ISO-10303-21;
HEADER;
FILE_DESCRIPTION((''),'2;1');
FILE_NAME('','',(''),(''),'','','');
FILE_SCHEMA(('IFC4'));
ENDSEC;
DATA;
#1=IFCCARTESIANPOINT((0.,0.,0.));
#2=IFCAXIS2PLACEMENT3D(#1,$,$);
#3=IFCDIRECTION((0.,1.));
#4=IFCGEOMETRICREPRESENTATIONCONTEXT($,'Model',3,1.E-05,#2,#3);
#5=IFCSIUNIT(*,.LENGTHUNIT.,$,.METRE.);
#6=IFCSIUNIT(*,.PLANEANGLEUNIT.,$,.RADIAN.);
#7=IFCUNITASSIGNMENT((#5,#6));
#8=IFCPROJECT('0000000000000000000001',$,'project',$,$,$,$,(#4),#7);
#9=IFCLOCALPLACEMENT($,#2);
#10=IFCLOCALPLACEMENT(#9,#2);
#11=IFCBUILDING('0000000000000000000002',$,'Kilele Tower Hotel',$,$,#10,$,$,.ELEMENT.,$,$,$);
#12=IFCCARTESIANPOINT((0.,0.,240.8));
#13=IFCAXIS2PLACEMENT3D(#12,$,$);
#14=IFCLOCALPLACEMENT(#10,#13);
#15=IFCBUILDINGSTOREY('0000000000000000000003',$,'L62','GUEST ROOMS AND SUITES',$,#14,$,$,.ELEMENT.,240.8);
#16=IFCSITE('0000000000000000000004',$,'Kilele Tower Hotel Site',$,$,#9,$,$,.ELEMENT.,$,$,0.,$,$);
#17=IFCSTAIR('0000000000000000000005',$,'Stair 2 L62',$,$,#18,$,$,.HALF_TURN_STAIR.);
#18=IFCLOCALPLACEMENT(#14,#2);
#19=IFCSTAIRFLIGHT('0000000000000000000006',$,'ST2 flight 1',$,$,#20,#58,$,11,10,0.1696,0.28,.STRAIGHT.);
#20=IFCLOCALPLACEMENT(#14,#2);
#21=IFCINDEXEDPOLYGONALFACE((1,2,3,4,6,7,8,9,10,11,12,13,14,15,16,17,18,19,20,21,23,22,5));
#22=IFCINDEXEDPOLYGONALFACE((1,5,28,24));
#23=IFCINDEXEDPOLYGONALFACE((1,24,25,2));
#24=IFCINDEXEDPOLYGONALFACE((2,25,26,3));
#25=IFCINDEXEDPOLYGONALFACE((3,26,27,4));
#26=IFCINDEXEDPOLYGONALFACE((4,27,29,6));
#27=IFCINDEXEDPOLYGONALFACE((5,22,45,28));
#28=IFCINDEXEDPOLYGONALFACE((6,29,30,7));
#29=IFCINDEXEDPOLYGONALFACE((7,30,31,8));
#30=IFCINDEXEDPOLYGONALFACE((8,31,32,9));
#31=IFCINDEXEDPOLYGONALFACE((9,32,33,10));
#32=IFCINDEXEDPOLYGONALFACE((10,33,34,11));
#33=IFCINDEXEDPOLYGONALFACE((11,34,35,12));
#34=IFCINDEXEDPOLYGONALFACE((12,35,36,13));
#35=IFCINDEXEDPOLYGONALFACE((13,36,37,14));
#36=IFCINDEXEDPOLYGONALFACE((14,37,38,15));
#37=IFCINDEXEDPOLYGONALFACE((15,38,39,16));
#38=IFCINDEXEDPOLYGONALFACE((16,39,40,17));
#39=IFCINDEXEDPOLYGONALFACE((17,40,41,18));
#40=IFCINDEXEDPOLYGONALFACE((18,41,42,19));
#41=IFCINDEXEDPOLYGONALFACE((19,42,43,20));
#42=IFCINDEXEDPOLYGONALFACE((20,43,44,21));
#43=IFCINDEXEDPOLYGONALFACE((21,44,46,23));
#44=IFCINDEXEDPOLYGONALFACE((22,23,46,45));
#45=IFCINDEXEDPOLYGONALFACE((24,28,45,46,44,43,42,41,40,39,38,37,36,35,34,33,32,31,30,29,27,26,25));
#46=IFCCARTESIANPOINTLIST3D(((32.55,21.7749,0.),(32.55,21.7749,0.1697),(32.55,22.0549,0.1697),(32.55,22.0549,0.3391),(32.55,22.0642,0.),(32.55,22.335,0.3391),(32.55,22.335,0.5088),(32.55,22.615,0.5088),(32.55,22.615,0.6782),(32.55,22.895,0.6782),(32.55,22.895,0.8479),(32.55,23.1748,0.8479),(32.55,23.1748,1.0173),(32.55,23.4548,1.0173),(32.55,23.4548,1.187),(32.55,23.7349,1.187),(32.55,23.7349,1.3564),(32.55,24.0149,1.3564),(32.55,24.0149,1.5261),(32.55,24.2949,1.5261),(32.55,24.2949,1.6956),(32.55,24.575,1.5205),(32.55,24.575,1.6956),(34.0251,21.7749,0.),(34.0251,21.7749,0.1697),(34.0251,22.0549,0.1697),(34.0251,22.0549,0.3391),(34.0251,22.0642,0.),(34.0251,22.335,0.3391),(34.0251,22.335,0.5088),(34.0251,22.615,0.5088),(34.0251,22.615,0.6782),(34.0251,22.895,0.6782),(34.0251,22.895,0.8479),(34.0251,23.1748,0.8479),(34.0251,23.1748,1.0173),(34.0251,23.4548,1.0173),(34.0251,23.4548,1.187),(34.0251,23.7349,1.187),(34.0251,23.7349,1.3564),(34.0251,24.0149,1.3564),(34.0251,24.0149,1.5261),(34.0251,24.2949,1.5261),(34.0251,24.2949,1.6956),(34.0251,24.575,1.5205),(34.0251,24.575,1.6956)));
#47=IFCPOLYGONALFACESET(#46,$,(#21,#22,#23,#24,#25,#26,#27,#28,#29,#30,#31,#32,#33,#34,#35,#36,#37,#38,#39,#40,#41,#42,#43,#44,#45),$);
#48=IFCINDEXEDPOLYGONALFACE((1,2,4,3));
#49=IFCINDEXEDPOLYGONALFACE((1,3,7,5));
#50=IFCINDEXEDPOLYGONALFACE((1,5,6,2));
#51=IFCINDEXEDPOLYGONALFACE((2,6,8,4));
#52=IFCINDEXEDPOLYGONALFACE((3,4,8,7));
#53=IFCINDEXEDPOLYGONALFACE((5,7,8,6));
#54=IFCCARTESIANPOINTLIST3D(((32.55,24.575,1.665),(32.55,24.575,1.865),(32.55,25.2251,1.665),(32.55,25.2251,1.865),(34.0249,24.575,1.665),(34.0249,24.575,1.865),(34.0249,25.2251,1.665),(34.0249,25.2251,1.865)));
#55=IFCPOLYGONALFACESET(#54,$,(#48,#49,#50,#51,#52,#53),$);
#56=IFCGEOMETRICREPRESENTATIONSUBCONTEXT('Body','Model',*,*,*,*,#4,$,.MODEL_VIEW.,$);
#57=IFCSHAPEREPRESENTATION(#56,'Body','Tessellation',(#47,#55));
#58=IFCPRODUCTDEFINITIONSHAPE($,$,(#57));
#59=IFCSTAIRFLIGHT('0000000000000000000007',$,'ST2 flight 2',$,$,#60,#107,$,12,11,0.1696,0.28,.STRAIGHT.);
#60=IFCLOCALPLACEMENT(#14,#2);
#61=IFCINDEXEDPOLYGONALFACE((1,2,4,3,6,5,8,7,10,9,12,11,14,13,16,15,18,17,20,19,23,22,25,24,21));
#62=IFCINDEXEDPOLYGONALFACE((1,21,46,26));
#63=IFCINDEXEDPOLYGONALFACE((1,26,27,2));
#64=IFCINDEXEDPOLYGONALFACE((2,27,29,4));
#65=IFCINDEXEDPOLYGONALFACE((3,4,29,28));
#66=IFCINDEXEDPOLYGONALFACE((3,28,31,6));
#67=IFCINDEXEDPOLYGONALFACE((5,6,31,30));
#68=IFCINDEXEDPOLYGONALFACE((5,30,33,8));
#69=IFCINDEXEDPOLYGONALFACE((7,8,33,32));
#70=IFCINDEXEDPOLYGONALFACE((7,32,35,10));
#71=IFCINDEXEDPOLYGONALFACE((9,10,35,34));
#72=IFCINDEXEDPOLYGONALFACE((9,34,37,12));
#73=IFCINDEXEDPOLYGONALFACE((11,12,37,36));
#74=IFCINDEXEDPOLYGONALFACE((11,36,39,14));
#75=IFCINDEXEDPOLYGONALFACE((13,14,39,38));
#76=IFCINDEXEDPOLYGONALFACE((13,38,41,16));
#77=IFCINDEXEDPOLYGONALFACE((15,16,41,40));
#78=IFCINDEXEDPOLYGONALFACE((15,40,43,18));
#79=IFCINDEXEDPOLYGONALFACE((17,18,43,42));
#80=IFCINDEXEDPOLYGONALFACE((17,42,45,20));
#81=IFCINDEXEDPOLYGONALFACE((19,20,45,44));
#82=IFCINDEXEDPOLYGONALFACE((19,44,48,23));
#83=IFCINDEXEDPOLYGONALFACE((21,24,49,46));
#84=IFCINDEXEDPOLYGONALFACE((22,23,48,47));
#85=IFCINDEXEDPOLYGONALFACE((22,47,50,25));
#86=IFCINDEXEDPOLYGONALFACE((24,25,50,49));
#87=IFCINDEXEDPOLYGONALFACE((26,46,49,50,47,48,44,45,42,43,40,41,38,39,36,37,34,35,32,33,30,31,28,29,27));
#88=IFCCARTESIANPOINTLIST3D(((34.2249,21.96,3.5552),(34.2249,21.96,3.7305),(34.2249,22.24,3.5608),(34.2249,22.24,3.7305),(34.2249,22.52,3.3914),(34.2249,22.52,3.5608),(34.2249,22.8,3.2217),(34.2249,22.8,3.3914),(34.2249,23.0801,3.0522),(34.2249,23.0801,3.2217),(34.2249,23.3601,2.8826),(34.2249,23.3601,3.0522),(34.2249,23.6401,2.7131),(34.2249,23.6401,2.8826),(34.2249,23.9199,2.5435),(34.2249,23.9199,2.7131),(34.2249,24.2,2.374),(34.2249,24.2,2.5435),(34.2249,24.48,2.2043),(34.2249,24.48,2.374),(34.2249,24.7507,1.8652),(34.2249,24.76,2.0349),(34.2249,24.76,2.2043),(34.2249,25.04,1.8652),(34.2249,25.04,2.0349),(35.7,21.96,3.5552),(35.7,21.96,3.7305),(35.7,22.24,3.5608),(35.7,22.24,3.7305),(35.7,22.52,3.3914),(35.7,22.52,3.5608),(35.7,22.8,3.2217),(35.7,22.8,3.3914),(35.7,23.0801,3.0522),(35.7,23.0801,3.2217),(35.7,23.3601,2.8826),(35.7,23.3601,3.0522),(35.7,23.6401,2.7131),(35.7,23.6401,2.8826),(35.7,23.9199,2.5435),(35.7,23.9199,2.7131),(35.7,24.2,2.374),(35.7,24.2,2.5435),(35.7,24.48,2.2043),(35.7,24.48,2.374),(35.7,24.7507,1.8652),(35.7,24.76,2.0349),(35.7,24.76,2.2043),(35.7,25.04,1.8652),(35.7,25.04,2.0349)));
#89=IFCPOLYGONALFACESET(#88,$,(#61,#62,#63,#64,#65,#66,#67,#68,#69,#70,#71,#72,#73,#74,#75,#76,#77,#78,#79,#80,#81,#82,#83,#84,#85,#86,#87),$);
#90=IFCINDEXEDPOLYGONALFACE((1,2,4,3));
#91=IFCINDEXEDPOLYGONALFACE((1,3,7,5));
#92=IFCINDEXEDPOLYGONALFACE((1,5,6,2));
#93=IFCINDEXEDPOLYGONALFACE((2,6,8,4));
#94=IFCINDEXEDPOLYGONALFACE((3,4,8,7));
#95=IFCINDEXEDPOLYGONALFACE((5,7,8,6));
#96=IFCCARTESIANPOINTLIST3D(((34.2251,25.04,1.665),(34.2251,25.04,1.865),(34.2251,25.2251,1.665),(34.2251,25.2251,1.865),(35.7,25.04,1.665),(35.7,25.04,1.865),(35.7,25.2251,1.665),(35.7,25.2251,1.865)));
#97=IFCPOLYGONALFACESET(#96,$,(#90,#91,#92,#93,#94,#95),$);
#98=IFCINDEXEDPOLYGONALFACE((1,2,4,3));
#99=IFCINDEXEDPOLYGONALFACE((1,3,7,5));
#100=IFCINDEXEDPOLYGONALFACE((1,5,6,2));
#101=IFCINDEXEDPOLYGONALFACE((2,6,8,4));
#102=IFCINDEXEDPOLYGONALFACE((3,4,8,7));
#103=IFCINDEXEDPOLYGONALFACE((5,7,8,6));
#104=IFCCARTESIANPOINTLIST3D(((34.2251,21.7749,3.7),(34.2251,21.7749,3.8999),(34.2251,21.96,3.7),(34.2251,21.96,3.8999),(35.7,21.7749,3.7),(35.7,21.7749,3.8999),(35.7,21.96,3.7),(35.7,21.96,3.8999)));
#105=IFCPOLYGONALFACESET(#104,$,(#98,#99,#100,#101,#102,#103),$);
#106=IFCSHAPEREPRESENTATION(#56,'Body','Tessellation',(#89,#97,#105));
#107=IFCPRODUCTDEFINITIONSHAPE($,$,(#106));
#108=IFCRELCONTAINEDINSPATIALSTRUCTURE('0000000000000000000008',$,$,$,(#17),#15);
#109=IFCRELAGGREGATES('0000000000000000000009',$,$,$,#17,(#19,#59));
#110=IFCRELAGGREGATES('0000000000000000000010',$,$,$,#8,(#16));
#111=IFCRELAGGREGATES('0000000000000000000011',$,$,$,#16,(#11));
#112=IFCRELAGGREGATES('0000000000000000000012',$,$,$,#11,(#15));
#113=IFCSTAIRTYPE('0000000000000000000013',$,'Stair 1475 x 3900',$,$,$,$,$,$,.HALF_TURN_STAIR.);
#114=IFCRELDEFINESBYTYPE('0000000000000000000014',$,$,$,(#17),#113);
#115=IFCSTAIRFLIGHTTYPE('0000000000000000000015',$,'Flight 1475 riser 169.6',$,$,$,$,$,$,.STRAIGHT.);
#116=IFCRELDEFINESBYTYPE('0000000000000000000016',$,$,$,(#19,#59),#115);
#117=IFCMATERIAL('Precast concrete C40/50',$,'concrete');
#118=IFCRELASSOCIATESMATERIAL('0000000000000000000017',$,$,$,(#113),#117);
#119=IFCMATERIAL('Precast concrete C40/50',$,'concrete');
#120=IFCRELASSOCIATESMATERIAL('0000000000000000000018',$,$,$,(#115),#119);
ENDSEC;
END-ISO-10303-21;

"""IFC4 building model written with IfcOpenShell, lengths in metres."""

from ifc_helpers import new_model, si_unit, direction, frame, origin, place, context, subcontext, project, spatial, polyline, outline, extrude, material, type_object, element, aggregate, save


model = new_model("IFC4")

# Units and contexts
model_context = context("Model", 3, precision=1e-05, world=origin(), true_north=direction((0.0, 1.0)))
body_context = subcontext(model_context, "Body", "Model", "MODEL_VIEW")
ifc_project = project(units=[si_unit("LENGTHUNIT", "METRE"), si_unit("PLANEANGLEUNIT", "RADIAN")], contexts=[model_context])

# Site, building, storey
site_placement = place(None, origin())
site = spatial("IfcSite", under=ifc_project, at=site_placement, Name="Kilele Tower Hotel Site", CompositionType="ELEMENT", RefElevation=0.0)
building_placement = place(site_placement, origin())
building = spatial("IfcBuilding", under=site, at=building_placement, Name="Kilele Tower Hotel", CompositionType="ELEMENT")
storey_placement = place(building_placement, frame((0.0, 0.0, 240.8)))
storey = spatial("IfcBuildingStorey", under=building, at=storey_placement, Name="L62", Description="GUEST ROOMS AND SUITES", CompositionType="ELEMENT", Elevation=240.8)

# Stair, stair flights
ifc_material_1 = material(Name="Precast concrete C40/50", Category="concrete")
stair_type = type_object("IfcStairType", Name="Stair 1475 x 3900", PredefinedType="HALF_TURN_STAIR", material=ifc_material_1)
stair_placement = place(storey_placement, origin())
stair = element("IfcStair", 1, at=stair_placement, inside=storey, type_object=stair_type, Name="Stair 2 L62", PredefinedType="HALF_TURN_STAIR")
ifc_material_2 = material(Name="Precast concrete C40/50", Category="concrete")
stair_flight_type = type_object("IfcStairFlightType", Name="Flight 1475 riser 169.6", PredefinedType="STRAIGHT", material=ifc_material_2)
stair_flight_1_placement = place(storey_placement, frame((33.2876, 21.7749, 0.0), z_axis=(0.0, 0.0, 1.0), x_axis=(0.0, 1.0, 0.0)))
stair_flight_1 = element("IfcStairFlight", 2, at=stair_flight_1_placement, type_object=stair_flight_type, Name="ST2 flight 1", NumberOfRisers=11, NumberOfTreads=10, PredefinedType="STRAIGHT", RiserHeight=0.1696, TreadLength=0.28, context=body_context, shape_type="SweptSolid", body=[
    extrude(outline(polyline([(0.0, 0.0), (0.0, 0.1697), (0.28, 0.1697), (0.28, 0.3391), (0.5601, 0.3391), (0.5601, 0.5088), (0.8401, 0.5088), (0.8401, 0.6782), (1.1201, 0.6782), (1.1201, 0.8479), (1.3999, 0.8479), (1.3999, 1.0173), (1.6799, 1.0173), (1.6799, 1.187), (1.96, 1.187), (1.96, 1.3564), (2.24, 1.3564), (2.24, 1.5261), (2.52, 1.5261), (2.52, 1.6956), (2.8, 1.6956), (2.8, 1.8652), (2.8, 1.5205), (0.2893, 0.0), (0.0, 0.0)])), frame((0.0, 0.7375, 0.0), z_axis=(0.0, -1.0, 0.0), x_axis=(1.0, 0.0, 0.0)), (0.0, 0.0, 1.0), 1.4751),
    extrude(outline(polyline([(2.8, 0.7375), (2.8, -0.7373), (3.4502, -0.7373), (3.4502, 0.7375), (2.8, 0.7375)])), frame((0.0, 0.0, 1.665)), (0.0, 0.0, 1.0), 0.2),
])
stair_flight_2_placement = place(storey_placement, frame((34.9624, 25.04, 1.8652), z_axis=(0.0, 0.0, 1.0), x_axis=(0.0, -1.0, 0.0)))
stair_flight_2 = element("IfcStairFlight", 3, at=stair_flight_2_placement, type_object=stair_flight_type, Name="ST2 flight 2", NumberOfRisers=12, NumberOfTreads=11, PredefinedType="STRAIGHT", RiserHeight=0.1696, TreadLength=0.28, context=body_context, shape_type="SweptSolid", body=[
    extrude(outline(polyline([(0.0, 0.0), (0.0, 0.1697), (0.28, 0.1697), (0.28, 0.3391), (0.5601, 0.3391), (0.5601, 0.5088), (0.8401, 0.5088), (0.8401, 0.6782), (1.1201, 0.6782), (1.1201, 0.8479), (1.3999, 0.8479), (1.3999, 1.0173), (1.6799, 1.0173), (1.6799, 1.187), (1.96, 1.187), (1.96, 1.3564), (2.24, 1.3564), (2.24, 1.5261), (2.52, 1.5261), (2.52, 1.6956), (2.8, 1.6956), (2.8, 1.8652), (3.0801, 1.8652), (3.0801, 2.0347), (3.0801, 1.6899), (0.2893, 0.0), (0.0, 0.0)])), frame((0.0, 0.7375, 0.0), z_axis=(0.0, -1.0, 0.0), x_axis=(1.0, 0.0, 0.0)), (0.0, 0.0, 1.0), 1.4751),
    extrude(outline(polyline([(0.0, -0.7373), (0.0, 0.7375), (-0.1851, 0.7375), (-0.1851, -0.7373), (0.0, -0.7373)])), frame((0.0, 0.0, -0.2002)), (0.0, 0.0, 1.0), 0.2),
    extrude(outline(polyline([(3.2651, -0.7373), (3.2651, 0.7375), (3.0801, 0.7375), (3.0801, -0.7373), (3.2651, -0.7373)])), frame((0.0, 0.0, 1.8347)), (0.0, 0.0, 1.0), 0.2),
])
aggregate(stair, [stair_flight_1, stair_flight_2])

save(model, "model.ifc")
